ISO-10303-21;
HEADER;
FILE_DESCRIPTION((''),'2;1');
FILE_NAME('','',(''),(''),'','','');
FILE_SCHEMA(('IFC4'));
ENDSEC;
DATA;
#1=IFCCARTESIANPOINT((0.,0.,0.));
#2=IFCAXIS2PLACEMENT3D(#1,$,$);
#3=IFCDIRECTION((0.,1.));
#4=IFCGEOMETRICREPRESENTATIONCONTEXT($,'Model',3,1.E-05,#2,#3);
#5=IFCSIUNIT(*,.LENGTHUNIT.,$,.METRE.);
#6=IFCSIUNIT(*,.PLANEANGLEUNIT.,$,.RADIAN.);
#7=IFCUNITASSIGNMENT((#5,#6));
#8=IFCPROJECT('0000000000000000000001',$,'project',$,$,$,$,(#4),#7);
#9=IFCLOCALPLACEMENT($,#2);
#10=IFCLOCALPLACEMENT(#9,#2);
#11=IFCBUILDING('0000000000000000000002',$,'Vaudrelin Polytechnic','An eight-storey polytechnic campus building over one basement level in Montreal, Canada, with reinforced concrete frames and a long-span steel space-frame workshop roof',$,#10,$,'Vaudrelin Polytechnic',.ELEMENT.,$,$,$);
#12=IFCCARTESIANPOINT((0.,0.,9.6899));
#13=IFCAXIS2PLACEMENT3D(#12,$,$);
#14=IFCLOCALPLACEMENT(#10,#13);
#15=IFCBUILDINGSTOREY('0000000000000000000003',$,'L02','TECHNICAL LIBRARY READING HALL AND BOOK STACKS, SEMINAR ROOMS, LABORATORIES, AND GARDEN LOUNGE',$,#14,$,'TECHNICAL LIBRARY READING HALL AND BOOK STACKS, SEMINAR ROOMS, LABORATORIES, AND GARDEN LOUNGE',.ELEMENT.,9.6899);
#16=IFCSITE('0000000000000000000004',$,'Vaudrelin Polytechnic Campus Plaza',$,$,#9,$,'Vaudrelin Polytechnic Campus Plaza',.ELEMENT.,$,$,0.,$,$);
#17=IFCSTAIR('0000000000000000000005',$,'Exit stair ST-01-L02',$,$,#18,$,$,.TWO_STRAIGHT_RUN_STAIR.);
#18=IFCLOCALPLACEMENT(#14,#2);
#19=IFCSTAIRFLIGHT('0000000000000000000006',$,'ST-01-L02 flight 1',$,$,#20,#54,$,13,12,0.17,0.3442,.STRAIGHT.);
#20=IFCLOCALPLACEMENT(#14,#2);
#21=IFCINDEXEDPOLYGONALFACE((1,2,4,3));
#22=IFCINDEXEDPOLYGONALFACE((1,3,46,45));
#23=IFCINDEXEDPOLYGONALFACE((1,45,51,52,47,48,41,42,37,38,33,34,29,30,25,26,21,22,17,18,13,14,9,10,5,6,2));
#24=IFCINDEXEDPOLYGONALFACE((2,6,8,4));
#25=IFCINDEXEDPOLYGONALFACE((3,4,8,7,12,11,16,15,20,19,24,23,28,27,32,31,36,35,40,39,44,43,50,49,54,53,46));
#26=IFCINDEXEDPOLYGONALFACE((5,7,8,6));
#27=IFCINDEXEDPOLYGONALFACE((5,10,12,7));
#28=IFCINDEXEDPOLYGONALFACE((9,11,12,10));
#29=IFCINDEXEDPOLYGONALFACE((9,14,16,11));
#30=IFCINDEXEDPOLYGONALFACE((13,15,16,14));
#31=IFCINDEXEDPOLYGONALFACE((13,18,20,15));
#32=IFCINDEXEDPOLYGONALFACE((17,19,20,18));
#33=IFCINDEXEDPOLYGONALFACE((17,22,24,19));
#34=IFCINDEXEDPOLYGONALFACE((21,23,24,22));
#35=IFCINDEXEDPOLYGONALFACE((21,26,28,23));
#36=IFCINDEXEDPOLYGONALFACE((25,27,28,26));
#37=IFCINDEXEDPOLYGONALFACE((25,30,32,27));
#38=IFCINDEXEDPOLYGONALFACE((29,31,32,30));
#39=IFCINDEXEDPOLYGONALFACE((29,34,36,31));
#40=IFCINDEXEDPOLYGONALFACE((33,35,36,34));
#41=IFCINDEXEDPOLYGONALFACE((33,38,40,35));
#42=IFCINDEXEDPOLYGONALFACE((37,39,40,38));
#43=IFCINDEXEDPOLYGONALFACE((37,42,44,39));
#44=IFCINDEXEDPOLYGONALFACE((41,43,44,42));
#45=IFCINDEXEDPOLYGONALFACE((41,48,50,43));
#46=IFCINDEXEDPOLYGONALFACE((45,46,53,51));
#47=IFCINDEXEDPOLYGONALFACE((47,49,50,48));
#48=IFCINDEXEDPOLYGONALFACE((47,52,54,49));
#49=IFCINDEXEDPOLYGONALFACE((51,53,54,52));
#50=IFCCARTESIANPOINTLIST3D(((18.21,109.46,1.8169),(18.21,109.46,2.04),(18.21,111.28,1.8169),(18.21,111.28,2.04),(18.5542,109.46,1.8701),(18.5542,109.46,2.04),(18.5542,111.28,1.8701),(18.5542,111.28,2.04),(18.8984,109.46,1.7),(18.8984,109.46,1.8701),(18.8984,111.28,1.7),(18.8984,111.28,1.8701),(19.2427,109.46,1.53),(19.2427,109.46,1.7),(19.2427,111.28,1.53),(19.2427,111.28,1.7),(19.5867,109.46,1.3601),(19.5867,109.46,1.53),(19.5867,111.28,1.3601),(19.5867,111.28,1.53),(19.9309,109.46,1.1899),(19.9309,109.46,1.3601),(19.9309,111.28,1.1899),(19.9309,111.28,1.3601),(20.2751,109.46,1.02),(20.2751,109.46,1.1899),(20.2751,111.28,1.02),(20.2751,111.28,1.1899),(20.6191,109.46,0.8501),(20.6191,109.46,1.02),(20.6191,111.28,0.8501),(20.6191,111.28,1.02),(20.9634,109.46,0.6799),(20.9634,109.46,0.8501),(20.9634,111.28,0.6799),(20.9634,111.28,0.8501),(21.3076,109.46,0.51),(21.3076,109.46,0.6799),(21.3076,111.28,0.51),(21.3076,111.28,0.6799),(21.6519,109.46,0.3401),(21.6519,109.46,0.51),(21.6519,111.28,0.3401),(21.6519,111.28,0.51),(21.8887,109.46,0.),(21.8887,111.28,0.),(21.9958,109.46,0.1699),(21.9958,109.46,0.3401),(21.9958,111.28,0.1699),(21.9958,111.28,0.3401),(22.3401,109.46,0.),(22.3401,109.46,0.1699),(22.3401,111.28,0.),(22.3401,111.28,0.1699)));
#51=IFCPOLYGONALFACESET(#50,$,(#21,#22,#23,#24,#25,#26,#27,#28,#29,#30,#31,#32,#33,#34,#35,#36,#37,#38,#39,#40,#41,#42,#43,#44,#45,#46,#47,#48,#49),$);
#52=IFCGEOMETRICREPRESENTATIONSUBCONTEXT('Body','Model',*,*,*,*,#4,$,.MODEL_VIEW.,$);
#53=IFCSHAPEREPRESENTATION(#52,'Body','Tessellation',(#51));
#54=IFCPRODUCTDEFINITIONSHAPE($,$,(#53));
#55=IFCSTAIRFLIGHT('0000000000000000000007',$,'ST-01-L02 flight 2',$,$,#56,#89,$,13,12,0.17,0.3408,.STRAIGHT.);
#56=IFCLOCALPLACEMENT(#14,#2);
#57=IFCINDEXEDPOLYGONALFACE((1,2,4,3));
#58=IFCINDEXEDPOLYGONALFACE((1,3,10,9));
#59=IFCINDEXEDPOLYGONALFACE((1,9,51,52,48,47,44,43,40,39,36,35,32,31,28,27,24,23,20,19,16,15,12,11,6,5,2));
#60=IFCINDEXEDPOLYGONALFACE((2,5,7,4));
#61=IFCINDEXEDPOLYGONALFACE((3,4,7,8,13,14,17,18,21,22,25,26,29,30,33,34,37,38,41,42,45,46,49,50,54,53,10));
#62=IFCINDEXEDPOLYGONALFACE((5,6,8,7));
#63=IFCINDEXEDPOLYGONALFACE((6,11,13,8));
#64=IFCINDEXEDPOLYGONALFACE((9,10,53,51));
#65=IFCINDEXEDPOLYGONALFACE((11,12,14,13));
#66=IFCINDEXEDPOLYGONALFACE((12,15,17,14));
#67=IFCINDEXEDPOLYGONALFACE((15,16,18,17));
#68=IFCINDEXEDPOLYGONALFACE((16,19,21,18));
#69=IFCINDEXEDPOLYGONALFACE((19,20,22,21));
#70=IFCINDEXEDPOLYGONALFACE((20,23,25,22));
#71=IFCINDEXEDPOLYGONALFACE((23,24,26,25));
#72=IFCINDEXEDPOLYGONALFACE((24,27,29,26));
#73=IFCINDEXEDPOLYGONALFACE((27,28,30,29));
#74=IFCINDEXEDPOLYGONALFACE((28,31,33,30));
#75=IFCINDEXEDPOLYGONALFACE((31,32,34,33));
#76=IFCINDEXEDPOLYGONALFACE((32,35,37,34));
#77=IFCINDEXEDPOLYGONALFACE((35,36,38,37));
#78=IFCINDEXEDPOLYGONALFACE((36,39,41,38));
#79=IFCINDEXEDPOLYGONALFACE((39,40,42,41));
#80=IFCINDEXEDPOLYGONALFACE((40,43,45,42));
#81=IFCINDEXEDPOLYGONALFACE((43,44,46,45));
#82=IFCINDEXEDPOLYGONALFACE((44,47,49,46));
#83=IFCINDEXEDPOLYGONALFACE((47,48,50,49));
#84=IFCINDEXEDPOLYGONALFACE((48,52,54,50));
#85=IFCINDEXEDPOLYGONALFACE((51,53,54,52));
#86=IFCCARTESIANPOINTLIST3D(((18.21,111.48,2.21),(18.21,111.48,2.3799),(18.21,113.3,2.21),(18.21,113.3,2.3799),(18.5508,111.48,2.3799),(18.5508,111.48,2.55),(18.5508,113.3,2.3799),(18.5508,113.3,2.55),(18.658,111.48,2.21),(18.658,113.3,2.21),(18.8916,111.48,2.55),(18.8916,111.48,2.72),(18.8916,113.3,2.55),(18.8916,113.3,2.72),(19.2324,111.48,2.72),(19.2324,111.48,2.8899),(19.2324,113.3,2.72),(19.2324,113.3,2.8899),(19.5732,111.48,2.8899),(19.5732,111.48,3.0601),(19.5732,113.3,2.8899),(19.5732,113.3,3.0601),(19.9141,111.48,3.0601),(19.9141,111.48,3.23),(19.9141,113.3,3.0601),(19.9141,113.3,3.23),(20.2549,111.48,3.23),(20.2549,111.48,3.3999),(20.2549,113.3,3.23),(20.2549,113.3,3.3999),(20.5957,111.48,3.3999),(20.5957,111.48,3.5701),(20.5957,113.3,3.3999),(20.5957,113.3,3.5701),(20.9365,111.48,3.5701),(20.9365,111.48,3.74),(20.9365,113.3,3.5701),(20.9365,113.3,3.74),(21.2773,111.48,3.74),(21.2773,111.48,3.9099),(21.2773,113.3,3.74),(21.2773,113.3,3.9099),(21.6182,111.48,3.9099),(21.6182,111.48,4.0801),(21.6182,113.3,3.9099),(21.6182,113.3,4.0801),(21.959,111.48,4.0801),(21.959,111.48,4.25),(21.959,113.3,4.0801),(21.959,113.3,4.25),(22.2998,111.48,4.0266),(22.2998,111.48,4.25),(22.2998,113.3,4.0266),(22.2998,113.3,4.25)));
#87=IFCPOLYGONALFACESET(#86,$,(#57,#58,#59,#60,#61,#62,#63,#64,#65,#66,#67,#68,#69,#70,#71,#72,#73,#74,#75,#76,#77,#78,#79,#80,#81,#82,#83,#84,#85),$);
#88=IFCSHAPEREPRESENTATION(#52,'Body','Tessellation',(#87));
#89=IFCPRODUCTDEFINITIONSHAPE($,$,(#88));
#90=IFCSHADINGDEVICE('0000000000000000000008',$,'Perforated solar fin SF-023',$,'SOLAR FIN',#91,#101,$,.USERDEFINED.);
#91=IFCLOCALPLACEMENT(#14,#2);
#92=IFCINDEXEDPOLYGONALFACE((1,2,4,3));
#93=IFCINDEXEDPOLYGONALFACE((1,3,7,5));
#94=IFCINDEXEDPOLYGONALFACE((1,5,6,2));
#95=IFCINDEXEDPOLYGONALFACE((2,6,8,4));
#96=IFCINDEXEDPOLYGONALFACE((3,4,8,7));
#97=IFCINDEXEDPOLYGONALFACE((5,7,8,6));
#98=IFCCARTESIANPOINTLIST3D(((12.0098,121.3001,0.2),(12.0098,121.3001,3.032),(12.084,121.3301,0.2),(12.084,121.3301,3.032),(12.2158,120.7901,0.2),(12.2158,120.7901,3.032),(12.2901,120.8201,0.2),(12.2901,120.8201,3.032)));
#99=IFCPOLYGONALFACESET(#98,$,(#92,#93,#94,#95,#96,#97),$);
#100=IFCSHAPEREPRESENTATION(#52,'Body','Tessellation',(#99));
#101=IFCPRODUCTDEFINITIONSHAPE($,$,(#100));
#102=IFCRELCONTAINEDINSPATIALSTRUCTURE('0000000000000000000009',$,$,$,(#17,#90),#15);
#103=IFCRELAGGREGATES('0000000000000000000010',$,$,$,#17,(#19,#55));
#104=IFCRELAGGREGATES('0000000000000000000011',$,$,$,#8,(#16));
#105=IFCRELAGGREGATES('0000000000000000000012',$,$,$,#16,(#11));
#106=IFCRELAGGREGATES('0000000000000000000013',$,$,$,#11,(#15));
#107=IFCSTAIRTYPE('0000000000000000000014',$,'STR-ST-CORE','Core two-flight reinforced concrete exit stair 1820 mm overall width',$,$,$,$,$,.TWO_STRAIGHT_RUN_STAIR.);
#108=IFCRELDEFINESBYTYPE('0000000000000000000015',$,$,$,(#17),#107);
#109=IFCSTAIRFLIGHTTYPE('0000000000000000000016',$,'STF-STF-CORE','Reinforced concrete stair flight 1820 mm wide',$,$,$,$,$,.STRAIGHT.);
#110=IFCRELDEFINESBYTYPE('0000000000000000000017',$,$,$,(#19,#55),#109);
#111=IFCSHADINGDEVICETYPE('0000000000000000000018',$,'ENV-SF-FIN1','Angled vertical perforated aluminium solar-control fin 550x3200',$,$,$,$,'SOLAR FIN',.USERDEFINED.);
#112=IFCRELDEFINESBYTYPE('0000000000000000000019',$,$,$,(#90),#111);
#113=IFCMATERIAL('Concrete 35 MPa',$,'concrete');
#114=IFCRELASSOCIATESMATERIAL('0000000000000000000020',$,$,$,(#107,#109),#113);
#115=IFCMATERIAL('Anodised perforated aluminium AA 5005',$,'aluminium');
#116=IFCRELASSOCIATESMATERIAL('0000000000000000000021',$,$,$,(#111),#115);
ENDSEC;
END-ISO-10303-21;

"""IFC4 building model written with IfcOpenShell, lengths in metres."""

from ifc_helpers import new_model, si_unit, direction, frame, origin, origin_2d, place, context, subcontext, project, spatial, polyline, rectangle, outline, extrude, material, type_object, element, aggregate, save


model = new_model("IFC4")

# Units and contexts
model_context = context("Model", 3, precision=1e-05, world=origin(), true_north=direction((0.0, 1.0)))
body_context = subcontext(model_context, "Body", "Model", "MODEL_VIEW")
ifc_project = project(units=[si_unit("LENGTHUNIT", "METRE"), si_unit("PLANEANGLEUNIT", "RADIAN")], contexts=[model_context])

# Site, building, storey
site_placement = place(None, origin())
site = spatial("IfcSite", under=ifc_project, at=site_placement, Name="Vaudrelin Polytechnic Campus Plaza", LongName="Vaudrelin Polytechnic Campus Plaza", CompositionType="ELEMENT", RefElevation=0.0)
building_placement = place(site_placement, origin())
building = spatial("IfcBuilding", under=site, at=building_placement, Name="Vaudrelin Polytechnic", Description="An eight-storey polytechnic campus building over one basement level in Montreal, Canada, with reinforced concrete frames and a long-span steel space-frame workshop roof", LongName="Vaudrelin Polytechnic", CompositionType="ELEMENT")
storey_placement = place(building_placement, frame((0.0, 0.0, 9.6899)))
storey = spatial("IfcBuildingStorey", under=building, at=storey_placement, Name="L02", Description="TECHNICAL LIBRARY READING HALL AND BOOK STACKS, SEMINAR ROOMS, LABORATORIES, AND GARDEN LOUNGE", LongName="TECHNICAL LIBRARY READING HALL AND BOOK STACKS, SEMINAR ROOMS, LABORATORIES, AND GARDEN LOUNGE", CompositionType="ELEMENT", Elevation=9.6899)

# Stair, stair flights
ifc_material_1 = material(Name="Concrete 35 MPa", Category="concrete")
stair_type = type_object("IfcStairType", Name="STR-ST-CORE", Description="Core two-flight reinforced concrete exit stair 1820 mm overall width", PredefinedType="TWO_STRAIGHT_RUN_STAIR", material=ifc_material_1)
stair_placement = place(storey_placement, origin())
stair = element("IfcStair", 1, at=stair_placement, inside=storey, type_object=stair_type, Name="Exit stair ST-01-L02", PredefinedType="TWO_STRAIGHT_RUN_STAIR")
stair_flight_type = type_object("IfcStairFlightType", Name="STF-STF-CORE", Description="Reinforced concrete stair flight 1820 mm wide", PredefinedType="STRAIGHT", material=ifc_material_1)
stair_flight_1_placement = place(storey_placement, frame((22.3401, 110.3701, 0.0), z_axis=(0.0, 0.0, 1.0), x_axis=(-1.0, 0.0, 0.0)))
stair_flight_1 = element("IfcStairFlight", 2, at=stair_flight_1_placement, type_object=stair_flight_type, Name="ST-01-L02 flight 1", NumberOfRisers=13, NumberOfTreads=12, PredefinedType="STRAIGHT", RiserHeight=0.17, TreadLength=0.3442, context=body_context, shape_type="SweptSolid", body=[
    extrude(outline(polyline([(0.0, 0.0), (0.0, 0.1699), (0.3442, 0.1699), (0.3442, 0.3401), (0.6882, 0.3401), (0.6882, 0.51), (1.0325, 0.51), (1.0325, 0.6799), (1.3767, 0.6799), (1.3767, 0.8501), (1.7209, 0.8501), (1.7209, 1.02), (2.0649, 1.02), (2.0649, 1.1899), (2.4092, 1.1899), (2.4092, 1.3601), (2.7534, 1.3601), (2.7534, 1.53), (3.0974, 1.53), (3.0974, 1.7), (3.4417, 1.7), (3.4417, 1.8701), (3.7859, 1.8701), (3.7859, 2.04), (4.1301, 2.04), (4.1301, 2.21), (4.1301, 1.8169), (0.4514, 0.0), (0.0, 0.0)])), frame((0.0, 0.9102, 0.0), z_axis=(0.0, -1.0, 0.0), x_axis=(1.0, 0.0, 0.0)), (0.0, 0.0, 1.0), 1.8201),
])
stair_flight_2_placement = place(storey_placement, frame((18.21, 112.3899, 2.21), z_axis=(0.0, 0.0, 1.0), x_axis=(1.0, 0.0, 0.0)))
stair_flight_2 = element("IfcStairFlight", 3, at=stair_flight_2_placement, type_object=stair_flight_type, Name="ST-01-L02 flight 2", NumberOfRisers=13, NumberOfTreads=12, PredefinedType="STRAIGHT", RiserHeight=0.17, TreadLength=0.3408, context=body_context, shape_type="SweptSolid", body=[
    extrude(outline(polyline([(0.0, 0.0), (0.0, 0.1699), (0.3408, 0.1699), (0.3408, 0.3401), (0.6816, 0.3401), (0.6816, 0.51), (1.0225, 0.51), (1.0225, 0.6799), (1.3633, 0.6799), (1.3633, 0.8501), (1.7041, 0.8501), (1.7041, 1.02), (2.0449, 1.02), (2.0449, 1.1899), (2.3857, 1.1899), (2.3857, 1.3601), (2.7266, 1.3601), (2.7266, 1.53), (3.0674, 1.53), (3.0674, 1.7), (3.4082, 1.7), (3.4082, 1.8701), (3.749, 1.8701), (3.749, 2.04), (4.0898, 2.04), (4.0898, 2.21), (4.0898, 1.8167), (0.448, 0.0), (0.0, 0.0)])), frame((0.0, 0.9102, 0.0), z_axis=(0.0, -1.0, 0.0), x_axis=(1.0, 0.0, 0.0)), (0.0, 0.0, 1.0), 1.8201),
])
aggregate(stair, [stair_flight_1, stair_flight_2])

# Shading device
ifc_material_2 = material(Name="Anodised perforated aluminium AA 5005", Category="aluminium")
shading_device_type = type_object("IfcShadingDeviceType", Name="ENV-SF-FIN1", Description="Angled vertical perforated aluminium solar-control fin 550x3200", ElementType="SOLAR FIN", PredefinedType="USERDEFINED", material=ifc_material_2)
shading_device_placement = place(storey_placement, frame((12.1499, 121.0601, 0.2), z_axis=(0.0, 0.0, 1.0), x_axis=(0.374607, -0.927184, 0.0)))
element("IfcShadingDevice", 4, at=shading_device_placement, inside=storey, type_object=shading_device_type, Name="Perforated solar fin SF-023", ObjectType="SOLAR FIN", PredefinedType="USERDEFINED", context=body_context, shape_type="SweptSolid", body=[
    extrude(rectangle(XDim=0.55, YDim=0.0801, at=origin_2d()), origin(), (0.0, 0.0, 1.0), 2.832),
])

save(model, "model.ifc")
